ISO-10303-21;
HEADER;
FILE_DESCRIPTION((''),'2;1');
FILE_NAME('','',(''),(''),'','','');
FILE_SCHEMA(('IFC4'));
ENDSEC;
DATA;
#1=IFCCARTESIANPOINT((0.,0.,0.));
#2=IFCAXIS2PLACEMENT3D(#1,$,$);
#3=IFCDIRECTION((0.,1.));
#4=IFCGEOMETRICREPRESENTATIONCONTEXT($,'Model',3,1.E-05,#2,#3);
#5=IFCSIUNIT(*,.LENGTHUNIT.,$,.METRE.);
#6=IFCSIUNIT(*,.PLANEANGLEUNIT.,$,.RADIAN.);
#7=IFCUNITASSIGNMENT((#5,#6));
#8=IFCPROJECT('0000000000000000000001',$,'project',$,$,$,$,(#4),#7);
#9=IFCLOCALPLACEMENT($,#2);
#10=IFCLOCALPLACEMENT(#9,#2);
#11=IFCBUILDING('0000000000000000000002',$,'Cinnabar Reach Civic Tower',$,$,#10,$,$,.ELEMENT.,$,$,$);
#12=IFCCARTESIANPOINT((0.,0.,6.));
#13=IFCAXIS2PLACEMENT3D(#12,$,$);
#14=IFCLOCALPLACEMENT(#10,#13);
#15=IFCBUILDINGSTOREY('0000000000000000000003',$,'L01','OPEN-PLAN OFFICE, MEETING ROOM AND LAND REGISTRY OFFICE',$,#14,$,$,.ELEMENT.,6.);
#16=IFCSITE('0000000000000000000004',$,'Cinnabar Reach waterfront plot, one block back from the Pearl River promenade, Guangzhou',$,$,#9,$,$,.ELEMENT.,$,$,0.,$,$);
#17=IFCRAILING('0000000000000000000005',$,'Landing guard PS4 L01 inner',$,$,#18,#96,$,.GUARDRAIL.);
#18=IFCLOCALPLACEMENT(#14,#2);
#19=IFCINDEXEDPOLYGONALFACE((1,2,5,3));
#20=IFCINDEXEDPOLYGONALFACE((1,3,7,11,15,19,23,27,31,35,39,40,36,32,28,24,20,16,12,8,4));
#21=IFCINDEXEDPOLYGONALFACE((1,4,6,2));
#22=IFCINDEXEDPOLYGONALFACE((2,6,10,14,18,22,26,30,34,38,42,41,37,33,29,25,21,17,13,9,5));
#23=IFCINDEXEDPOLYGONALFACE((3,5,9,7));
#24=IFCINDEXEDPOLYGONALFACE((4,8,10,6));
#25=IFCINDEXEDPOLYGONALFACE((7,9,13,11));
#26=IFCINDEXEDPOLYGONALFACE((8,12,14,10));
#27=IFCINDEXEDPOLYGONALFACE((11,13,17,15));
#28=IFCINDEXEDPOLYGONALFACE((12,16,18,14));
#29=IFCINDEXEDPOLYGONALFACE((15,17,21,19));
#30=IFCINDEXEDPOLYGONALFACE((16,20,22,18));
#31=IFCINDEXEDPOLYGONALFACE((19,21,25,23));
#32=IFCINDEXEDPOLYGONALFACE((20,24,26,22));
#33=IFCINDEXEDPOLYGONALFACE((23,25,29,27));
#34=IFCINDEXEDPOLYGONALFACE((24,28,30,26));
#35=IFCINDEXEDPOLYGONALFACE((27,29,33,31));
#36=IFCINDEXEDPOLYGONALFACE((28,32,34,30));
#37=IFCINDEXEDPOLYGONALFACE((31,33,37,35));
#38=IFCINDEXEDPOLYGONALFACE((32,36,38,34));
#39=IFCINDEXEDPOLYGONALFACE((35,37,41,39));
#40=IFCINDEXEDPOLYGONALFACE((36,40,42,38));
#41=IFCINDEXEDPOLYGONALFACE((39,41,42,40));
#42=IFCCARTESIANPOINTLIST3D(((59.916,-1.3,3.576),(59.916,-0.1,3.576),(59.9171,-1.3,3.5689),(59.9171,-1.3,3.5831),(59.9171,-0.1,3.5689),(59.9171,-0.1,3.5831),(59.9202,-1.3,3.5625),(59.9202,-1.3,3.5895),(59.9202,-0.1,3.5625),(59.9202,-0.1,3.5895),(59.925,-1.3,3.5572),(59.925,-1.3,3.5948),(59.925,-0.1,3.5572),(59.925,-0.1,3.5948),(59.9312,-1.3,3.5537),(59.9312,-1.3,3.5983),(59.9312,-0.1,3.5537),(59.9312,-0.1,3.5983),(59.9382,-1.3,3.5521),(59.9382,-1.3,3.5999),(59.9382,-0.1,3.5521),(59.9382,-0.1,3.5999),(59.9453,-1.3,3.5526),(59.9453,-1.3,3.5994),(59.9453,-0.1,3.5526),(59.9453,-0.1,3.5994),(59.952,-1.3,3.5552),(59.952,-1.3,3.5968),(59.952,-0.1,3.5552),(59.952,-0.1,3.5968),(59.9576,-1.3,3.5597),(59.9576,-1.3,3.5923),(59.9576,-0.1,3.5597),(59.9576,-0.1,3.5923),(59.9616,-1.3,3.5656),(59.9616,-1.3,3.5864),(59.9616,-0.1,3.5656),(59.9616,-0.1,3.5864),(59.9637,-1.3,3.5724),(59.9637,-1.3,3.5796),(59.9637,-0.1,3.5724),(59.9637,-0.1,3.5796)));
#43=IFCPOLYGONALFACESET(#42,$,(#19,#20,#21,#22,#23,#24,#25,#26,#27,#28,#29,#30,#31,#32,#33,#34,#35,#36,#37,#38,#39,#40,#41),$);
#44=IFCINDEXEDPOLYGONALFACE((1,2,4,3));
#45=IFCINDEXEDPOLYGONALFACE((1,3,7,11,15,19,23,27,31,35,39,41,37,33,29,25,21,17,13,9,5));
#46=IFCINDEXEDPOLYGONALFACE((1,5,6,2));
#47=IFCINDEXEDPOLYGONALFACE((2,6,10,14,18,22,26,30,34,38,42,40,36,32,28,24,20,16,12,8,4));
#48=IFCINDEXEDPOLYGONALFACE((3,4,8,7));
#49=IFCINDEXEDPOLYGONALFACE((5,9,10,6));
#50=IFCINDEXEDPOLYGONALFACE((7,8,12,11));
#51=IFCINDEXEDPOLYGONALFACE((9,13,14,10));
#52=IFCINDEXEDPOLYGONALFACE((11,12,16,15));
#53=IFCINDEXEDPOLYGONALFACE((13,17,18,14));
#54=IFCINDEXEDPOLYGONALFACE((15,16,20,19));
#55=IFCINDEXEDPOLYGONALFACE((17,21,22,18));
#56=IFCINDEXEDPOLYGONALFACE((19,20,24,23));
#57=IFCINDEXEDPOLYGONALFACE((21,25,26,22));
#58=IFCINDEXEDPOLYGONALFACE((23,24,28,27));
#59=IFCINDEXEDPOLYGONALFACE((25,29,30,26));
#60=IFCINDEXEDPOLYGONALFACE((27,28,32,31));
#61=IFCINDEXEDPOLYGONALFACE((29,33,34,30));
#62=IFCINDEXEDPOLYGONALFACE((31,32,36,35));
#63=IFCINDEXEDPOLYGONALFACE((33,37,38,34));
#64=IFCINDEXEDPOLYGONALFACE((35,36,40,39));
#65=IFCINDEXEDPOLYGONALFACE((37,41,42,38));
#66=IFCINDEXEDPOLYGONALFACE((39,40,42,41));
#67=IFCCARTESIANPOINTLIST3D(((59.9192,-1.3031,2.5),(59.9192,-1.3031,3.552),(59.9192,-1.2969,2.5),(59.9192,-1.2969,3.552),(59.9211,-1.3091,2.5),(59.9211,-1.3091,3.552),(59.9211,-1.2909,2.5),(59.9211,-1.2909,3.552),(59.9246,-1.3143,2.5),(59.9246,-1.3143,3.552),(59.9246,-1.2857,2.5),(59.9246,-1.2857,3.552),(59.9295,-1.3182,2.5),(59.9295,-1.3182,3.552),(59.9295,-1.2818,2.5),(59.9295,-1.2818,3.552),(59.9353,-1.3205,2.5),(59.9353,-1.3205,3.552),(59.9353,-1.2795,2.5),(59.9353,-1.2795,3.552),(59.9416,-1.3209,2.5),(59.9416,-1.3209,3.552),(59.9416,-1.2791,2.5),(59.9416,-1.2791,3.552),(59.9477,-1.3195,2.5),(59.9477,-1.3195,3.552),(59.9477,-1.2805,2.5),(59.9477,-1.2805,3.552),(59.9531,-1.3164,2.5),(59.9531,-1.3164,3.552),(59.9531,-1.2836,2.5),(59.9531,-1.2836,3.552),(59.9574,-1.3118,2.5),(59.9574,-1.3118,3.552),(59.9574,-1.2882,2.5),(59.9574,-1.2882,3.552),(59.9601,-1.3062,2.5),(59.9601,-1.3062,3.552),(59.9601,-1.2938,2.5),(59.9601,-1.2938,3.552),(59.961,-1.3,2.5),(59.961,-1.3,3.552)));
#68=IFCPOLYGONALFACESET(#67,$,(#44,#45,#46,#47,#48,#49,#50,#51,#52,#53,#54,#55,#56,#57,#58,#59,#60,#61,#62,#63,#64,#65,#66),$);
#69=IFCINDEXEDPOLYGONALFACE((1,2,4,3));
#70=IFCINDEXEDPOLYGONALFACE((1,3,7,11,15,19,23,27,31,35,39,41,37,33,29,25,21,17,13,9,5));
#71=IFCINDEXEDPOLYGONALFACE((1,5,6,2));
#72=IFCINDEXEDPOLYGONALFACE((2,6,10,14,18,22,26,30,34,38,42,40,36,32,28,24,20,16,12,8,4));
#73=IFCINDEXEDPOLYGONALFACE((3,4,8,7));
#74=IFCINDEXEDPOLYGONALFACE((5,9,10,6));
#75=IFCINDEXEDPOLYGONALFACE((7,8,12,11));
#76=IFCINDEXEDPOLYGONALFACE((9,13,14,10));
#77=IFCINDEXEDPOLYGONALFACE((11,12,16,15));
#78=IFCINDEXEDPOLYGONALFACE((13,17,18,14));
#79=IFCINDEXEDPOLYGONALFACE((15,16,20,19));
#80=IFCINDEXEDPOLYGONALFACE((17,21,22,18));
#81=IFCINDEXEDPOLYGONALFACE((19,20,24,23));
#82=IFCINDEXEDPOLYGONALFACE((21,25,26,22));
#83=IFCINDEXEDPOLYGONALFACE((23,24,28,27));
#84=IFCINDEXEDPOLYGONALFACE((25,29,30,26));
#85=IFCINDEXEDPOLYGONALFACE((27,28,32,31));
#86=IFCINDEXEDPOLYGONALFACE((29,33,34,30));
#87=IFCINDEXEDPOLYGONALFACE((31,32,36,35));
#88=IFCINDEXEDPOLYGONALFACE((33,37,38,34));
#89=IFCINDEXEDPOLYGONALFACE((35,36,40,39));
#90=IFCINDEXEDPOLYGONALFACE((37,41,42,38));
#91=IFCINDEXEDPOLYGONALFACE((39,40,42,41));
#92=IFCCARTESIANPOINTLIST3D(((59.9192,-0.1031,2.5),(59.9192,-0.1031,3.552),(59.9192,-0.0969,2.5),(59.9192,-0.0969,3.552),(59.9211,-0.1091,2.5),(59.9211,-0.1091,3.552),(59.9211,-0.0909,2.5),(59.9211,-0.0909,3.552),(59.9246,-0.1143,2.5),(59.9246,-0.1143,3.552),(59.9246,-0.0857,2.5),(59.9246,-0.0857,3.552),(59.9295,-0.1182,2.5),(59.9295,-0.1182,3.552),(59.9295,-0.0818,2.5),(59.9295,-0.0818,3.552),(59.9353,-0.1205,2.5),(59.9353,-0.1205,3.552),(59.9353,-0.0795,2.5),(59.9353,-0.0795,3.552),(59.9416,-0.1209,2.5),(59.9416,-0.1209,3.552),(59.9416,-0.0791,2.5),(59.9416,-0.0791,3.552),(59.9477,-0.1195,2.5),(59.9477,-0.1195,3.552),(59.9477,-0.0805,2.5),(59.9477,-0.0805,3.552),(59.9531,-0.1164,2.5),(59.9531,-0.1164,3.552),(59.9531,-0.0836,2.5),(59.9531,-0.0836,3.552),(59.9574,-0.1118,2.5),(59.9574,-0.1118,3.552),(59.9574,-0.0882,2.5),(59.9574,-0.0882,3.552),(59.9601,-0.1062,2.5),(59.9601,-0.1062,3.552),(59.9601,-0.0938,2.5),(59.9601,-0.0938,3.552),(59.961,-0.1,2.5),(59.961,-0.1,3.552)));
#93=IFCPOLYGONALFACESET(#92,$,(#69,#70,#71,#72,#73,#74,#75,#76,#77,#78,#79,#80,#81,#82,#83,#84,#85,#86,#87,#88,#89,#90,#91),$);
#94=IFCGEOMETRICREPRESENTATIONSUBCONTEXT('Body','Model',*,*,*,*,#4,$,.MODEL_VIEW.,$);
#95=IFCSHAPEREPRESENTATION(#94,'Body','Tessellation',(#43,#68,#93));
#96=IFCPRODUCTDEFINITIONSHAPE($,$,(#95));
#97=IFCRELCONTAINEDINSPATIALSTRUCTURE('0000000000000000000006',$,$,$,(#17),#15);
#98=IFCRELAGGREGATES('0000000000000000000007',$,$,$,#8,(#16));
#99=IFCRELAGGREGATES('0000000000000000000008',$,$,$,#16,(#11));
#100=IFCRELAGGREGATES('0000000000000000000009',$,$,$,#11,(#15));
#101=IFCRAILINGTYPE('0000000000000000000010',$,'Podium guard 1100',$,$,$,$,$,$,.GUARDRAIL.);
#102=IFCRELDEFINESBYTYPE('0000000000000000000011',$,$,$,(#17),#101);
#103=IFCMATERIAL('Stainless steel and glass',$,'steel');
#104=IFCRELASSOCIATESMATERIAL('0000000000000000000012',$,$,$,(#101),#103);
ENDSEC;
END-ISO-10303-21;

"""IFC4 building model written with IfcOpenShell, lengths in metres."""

from ifc_helpers import new_model, si_unit, direction, frame, origin, origin_2d, place, context, subcontext, project, spatial, circle, extrude, material, type_object, element, save


model = new_model("IFC4")

# Units and contexts
model_context = context("Model", 3, precision=1e-05, world=origin(), true_north=direction((0.0, 1.0)))
body_context = subcontext(model_context, "Body", "Model", "MODEL_VIEW")
ifc_project = project(units=[si_unit("LENGTHUNIT", "METRE"), si_unit("PLANEANGLEUNIT", "RADIAN")], contexts=[model_context])

# Site, building, storey
site_placement = place(None, origin())
site = spatial("IfcSite", under=ifc_project, at=site_placement, Name="Cinnabar Reach waterfront plot, one block back from the Pearl River promenade, Guangzhou", CompositionType="ELEMENT", RefElevation=0.0)
building_placement = place(site_placement, origin())
building = spatial("IfcBuilding", under=site, at=building_placement, Name="Cinnabar Reach Civic Tower", CompositionType="ELEMENT")
storey_placement = place(building_placement, frame((0.0, 0.0, 6.0)))
storey = spatial("IfcBuildingStorey", under=building, at=storey_placement, Name="L01", Description="OPEN-PLAN OFFICE, MEETING ROOM AND LAND REGISTRY OFFICE", CompositionType="ELEMENT", Elevation=6.0)

# Railing
ifc_material_1 = material(Name="Stainless steel and glass", Category="steel")
railing_type = type_object("IfcRailingType", Name="Podium guard 1100", PredefinedType="GUARDRAIL", material=ifc_material_1)
railing_1_placement = place(storey_placement, frame((59.94, -1.3, 2.5)))
element("IfcRailing", 1, at=railing_1_placement, inside=storey, type_object=railing_type, Name="Landing guard PS4 L01 inner", PredefinedType="GUARDRAIL", context=body_context, shape_type="SweptSolid", body=[
    extrude(circle(Radius=0.024, at=origin_2d()), frame((0.0, 0.0, 1.076), z_axis=(0.0, 1.0, 0.0), x_axis=(-1.0, 0.0, 0.0)), (0.0, 0.0, 1.0), 1.2),
    extrude(circle(Radius=0.021, at=origin_2d()), origin(), (0.0, 0.0, 1.0), 1.052),
    extrude(circle(Radius=0.021, at=origin_2d()), frame((0.0, 1.2, 0.0)), (0.0, 0.0, 1.0), 1.052),
])

save(model, "model.ifc")
